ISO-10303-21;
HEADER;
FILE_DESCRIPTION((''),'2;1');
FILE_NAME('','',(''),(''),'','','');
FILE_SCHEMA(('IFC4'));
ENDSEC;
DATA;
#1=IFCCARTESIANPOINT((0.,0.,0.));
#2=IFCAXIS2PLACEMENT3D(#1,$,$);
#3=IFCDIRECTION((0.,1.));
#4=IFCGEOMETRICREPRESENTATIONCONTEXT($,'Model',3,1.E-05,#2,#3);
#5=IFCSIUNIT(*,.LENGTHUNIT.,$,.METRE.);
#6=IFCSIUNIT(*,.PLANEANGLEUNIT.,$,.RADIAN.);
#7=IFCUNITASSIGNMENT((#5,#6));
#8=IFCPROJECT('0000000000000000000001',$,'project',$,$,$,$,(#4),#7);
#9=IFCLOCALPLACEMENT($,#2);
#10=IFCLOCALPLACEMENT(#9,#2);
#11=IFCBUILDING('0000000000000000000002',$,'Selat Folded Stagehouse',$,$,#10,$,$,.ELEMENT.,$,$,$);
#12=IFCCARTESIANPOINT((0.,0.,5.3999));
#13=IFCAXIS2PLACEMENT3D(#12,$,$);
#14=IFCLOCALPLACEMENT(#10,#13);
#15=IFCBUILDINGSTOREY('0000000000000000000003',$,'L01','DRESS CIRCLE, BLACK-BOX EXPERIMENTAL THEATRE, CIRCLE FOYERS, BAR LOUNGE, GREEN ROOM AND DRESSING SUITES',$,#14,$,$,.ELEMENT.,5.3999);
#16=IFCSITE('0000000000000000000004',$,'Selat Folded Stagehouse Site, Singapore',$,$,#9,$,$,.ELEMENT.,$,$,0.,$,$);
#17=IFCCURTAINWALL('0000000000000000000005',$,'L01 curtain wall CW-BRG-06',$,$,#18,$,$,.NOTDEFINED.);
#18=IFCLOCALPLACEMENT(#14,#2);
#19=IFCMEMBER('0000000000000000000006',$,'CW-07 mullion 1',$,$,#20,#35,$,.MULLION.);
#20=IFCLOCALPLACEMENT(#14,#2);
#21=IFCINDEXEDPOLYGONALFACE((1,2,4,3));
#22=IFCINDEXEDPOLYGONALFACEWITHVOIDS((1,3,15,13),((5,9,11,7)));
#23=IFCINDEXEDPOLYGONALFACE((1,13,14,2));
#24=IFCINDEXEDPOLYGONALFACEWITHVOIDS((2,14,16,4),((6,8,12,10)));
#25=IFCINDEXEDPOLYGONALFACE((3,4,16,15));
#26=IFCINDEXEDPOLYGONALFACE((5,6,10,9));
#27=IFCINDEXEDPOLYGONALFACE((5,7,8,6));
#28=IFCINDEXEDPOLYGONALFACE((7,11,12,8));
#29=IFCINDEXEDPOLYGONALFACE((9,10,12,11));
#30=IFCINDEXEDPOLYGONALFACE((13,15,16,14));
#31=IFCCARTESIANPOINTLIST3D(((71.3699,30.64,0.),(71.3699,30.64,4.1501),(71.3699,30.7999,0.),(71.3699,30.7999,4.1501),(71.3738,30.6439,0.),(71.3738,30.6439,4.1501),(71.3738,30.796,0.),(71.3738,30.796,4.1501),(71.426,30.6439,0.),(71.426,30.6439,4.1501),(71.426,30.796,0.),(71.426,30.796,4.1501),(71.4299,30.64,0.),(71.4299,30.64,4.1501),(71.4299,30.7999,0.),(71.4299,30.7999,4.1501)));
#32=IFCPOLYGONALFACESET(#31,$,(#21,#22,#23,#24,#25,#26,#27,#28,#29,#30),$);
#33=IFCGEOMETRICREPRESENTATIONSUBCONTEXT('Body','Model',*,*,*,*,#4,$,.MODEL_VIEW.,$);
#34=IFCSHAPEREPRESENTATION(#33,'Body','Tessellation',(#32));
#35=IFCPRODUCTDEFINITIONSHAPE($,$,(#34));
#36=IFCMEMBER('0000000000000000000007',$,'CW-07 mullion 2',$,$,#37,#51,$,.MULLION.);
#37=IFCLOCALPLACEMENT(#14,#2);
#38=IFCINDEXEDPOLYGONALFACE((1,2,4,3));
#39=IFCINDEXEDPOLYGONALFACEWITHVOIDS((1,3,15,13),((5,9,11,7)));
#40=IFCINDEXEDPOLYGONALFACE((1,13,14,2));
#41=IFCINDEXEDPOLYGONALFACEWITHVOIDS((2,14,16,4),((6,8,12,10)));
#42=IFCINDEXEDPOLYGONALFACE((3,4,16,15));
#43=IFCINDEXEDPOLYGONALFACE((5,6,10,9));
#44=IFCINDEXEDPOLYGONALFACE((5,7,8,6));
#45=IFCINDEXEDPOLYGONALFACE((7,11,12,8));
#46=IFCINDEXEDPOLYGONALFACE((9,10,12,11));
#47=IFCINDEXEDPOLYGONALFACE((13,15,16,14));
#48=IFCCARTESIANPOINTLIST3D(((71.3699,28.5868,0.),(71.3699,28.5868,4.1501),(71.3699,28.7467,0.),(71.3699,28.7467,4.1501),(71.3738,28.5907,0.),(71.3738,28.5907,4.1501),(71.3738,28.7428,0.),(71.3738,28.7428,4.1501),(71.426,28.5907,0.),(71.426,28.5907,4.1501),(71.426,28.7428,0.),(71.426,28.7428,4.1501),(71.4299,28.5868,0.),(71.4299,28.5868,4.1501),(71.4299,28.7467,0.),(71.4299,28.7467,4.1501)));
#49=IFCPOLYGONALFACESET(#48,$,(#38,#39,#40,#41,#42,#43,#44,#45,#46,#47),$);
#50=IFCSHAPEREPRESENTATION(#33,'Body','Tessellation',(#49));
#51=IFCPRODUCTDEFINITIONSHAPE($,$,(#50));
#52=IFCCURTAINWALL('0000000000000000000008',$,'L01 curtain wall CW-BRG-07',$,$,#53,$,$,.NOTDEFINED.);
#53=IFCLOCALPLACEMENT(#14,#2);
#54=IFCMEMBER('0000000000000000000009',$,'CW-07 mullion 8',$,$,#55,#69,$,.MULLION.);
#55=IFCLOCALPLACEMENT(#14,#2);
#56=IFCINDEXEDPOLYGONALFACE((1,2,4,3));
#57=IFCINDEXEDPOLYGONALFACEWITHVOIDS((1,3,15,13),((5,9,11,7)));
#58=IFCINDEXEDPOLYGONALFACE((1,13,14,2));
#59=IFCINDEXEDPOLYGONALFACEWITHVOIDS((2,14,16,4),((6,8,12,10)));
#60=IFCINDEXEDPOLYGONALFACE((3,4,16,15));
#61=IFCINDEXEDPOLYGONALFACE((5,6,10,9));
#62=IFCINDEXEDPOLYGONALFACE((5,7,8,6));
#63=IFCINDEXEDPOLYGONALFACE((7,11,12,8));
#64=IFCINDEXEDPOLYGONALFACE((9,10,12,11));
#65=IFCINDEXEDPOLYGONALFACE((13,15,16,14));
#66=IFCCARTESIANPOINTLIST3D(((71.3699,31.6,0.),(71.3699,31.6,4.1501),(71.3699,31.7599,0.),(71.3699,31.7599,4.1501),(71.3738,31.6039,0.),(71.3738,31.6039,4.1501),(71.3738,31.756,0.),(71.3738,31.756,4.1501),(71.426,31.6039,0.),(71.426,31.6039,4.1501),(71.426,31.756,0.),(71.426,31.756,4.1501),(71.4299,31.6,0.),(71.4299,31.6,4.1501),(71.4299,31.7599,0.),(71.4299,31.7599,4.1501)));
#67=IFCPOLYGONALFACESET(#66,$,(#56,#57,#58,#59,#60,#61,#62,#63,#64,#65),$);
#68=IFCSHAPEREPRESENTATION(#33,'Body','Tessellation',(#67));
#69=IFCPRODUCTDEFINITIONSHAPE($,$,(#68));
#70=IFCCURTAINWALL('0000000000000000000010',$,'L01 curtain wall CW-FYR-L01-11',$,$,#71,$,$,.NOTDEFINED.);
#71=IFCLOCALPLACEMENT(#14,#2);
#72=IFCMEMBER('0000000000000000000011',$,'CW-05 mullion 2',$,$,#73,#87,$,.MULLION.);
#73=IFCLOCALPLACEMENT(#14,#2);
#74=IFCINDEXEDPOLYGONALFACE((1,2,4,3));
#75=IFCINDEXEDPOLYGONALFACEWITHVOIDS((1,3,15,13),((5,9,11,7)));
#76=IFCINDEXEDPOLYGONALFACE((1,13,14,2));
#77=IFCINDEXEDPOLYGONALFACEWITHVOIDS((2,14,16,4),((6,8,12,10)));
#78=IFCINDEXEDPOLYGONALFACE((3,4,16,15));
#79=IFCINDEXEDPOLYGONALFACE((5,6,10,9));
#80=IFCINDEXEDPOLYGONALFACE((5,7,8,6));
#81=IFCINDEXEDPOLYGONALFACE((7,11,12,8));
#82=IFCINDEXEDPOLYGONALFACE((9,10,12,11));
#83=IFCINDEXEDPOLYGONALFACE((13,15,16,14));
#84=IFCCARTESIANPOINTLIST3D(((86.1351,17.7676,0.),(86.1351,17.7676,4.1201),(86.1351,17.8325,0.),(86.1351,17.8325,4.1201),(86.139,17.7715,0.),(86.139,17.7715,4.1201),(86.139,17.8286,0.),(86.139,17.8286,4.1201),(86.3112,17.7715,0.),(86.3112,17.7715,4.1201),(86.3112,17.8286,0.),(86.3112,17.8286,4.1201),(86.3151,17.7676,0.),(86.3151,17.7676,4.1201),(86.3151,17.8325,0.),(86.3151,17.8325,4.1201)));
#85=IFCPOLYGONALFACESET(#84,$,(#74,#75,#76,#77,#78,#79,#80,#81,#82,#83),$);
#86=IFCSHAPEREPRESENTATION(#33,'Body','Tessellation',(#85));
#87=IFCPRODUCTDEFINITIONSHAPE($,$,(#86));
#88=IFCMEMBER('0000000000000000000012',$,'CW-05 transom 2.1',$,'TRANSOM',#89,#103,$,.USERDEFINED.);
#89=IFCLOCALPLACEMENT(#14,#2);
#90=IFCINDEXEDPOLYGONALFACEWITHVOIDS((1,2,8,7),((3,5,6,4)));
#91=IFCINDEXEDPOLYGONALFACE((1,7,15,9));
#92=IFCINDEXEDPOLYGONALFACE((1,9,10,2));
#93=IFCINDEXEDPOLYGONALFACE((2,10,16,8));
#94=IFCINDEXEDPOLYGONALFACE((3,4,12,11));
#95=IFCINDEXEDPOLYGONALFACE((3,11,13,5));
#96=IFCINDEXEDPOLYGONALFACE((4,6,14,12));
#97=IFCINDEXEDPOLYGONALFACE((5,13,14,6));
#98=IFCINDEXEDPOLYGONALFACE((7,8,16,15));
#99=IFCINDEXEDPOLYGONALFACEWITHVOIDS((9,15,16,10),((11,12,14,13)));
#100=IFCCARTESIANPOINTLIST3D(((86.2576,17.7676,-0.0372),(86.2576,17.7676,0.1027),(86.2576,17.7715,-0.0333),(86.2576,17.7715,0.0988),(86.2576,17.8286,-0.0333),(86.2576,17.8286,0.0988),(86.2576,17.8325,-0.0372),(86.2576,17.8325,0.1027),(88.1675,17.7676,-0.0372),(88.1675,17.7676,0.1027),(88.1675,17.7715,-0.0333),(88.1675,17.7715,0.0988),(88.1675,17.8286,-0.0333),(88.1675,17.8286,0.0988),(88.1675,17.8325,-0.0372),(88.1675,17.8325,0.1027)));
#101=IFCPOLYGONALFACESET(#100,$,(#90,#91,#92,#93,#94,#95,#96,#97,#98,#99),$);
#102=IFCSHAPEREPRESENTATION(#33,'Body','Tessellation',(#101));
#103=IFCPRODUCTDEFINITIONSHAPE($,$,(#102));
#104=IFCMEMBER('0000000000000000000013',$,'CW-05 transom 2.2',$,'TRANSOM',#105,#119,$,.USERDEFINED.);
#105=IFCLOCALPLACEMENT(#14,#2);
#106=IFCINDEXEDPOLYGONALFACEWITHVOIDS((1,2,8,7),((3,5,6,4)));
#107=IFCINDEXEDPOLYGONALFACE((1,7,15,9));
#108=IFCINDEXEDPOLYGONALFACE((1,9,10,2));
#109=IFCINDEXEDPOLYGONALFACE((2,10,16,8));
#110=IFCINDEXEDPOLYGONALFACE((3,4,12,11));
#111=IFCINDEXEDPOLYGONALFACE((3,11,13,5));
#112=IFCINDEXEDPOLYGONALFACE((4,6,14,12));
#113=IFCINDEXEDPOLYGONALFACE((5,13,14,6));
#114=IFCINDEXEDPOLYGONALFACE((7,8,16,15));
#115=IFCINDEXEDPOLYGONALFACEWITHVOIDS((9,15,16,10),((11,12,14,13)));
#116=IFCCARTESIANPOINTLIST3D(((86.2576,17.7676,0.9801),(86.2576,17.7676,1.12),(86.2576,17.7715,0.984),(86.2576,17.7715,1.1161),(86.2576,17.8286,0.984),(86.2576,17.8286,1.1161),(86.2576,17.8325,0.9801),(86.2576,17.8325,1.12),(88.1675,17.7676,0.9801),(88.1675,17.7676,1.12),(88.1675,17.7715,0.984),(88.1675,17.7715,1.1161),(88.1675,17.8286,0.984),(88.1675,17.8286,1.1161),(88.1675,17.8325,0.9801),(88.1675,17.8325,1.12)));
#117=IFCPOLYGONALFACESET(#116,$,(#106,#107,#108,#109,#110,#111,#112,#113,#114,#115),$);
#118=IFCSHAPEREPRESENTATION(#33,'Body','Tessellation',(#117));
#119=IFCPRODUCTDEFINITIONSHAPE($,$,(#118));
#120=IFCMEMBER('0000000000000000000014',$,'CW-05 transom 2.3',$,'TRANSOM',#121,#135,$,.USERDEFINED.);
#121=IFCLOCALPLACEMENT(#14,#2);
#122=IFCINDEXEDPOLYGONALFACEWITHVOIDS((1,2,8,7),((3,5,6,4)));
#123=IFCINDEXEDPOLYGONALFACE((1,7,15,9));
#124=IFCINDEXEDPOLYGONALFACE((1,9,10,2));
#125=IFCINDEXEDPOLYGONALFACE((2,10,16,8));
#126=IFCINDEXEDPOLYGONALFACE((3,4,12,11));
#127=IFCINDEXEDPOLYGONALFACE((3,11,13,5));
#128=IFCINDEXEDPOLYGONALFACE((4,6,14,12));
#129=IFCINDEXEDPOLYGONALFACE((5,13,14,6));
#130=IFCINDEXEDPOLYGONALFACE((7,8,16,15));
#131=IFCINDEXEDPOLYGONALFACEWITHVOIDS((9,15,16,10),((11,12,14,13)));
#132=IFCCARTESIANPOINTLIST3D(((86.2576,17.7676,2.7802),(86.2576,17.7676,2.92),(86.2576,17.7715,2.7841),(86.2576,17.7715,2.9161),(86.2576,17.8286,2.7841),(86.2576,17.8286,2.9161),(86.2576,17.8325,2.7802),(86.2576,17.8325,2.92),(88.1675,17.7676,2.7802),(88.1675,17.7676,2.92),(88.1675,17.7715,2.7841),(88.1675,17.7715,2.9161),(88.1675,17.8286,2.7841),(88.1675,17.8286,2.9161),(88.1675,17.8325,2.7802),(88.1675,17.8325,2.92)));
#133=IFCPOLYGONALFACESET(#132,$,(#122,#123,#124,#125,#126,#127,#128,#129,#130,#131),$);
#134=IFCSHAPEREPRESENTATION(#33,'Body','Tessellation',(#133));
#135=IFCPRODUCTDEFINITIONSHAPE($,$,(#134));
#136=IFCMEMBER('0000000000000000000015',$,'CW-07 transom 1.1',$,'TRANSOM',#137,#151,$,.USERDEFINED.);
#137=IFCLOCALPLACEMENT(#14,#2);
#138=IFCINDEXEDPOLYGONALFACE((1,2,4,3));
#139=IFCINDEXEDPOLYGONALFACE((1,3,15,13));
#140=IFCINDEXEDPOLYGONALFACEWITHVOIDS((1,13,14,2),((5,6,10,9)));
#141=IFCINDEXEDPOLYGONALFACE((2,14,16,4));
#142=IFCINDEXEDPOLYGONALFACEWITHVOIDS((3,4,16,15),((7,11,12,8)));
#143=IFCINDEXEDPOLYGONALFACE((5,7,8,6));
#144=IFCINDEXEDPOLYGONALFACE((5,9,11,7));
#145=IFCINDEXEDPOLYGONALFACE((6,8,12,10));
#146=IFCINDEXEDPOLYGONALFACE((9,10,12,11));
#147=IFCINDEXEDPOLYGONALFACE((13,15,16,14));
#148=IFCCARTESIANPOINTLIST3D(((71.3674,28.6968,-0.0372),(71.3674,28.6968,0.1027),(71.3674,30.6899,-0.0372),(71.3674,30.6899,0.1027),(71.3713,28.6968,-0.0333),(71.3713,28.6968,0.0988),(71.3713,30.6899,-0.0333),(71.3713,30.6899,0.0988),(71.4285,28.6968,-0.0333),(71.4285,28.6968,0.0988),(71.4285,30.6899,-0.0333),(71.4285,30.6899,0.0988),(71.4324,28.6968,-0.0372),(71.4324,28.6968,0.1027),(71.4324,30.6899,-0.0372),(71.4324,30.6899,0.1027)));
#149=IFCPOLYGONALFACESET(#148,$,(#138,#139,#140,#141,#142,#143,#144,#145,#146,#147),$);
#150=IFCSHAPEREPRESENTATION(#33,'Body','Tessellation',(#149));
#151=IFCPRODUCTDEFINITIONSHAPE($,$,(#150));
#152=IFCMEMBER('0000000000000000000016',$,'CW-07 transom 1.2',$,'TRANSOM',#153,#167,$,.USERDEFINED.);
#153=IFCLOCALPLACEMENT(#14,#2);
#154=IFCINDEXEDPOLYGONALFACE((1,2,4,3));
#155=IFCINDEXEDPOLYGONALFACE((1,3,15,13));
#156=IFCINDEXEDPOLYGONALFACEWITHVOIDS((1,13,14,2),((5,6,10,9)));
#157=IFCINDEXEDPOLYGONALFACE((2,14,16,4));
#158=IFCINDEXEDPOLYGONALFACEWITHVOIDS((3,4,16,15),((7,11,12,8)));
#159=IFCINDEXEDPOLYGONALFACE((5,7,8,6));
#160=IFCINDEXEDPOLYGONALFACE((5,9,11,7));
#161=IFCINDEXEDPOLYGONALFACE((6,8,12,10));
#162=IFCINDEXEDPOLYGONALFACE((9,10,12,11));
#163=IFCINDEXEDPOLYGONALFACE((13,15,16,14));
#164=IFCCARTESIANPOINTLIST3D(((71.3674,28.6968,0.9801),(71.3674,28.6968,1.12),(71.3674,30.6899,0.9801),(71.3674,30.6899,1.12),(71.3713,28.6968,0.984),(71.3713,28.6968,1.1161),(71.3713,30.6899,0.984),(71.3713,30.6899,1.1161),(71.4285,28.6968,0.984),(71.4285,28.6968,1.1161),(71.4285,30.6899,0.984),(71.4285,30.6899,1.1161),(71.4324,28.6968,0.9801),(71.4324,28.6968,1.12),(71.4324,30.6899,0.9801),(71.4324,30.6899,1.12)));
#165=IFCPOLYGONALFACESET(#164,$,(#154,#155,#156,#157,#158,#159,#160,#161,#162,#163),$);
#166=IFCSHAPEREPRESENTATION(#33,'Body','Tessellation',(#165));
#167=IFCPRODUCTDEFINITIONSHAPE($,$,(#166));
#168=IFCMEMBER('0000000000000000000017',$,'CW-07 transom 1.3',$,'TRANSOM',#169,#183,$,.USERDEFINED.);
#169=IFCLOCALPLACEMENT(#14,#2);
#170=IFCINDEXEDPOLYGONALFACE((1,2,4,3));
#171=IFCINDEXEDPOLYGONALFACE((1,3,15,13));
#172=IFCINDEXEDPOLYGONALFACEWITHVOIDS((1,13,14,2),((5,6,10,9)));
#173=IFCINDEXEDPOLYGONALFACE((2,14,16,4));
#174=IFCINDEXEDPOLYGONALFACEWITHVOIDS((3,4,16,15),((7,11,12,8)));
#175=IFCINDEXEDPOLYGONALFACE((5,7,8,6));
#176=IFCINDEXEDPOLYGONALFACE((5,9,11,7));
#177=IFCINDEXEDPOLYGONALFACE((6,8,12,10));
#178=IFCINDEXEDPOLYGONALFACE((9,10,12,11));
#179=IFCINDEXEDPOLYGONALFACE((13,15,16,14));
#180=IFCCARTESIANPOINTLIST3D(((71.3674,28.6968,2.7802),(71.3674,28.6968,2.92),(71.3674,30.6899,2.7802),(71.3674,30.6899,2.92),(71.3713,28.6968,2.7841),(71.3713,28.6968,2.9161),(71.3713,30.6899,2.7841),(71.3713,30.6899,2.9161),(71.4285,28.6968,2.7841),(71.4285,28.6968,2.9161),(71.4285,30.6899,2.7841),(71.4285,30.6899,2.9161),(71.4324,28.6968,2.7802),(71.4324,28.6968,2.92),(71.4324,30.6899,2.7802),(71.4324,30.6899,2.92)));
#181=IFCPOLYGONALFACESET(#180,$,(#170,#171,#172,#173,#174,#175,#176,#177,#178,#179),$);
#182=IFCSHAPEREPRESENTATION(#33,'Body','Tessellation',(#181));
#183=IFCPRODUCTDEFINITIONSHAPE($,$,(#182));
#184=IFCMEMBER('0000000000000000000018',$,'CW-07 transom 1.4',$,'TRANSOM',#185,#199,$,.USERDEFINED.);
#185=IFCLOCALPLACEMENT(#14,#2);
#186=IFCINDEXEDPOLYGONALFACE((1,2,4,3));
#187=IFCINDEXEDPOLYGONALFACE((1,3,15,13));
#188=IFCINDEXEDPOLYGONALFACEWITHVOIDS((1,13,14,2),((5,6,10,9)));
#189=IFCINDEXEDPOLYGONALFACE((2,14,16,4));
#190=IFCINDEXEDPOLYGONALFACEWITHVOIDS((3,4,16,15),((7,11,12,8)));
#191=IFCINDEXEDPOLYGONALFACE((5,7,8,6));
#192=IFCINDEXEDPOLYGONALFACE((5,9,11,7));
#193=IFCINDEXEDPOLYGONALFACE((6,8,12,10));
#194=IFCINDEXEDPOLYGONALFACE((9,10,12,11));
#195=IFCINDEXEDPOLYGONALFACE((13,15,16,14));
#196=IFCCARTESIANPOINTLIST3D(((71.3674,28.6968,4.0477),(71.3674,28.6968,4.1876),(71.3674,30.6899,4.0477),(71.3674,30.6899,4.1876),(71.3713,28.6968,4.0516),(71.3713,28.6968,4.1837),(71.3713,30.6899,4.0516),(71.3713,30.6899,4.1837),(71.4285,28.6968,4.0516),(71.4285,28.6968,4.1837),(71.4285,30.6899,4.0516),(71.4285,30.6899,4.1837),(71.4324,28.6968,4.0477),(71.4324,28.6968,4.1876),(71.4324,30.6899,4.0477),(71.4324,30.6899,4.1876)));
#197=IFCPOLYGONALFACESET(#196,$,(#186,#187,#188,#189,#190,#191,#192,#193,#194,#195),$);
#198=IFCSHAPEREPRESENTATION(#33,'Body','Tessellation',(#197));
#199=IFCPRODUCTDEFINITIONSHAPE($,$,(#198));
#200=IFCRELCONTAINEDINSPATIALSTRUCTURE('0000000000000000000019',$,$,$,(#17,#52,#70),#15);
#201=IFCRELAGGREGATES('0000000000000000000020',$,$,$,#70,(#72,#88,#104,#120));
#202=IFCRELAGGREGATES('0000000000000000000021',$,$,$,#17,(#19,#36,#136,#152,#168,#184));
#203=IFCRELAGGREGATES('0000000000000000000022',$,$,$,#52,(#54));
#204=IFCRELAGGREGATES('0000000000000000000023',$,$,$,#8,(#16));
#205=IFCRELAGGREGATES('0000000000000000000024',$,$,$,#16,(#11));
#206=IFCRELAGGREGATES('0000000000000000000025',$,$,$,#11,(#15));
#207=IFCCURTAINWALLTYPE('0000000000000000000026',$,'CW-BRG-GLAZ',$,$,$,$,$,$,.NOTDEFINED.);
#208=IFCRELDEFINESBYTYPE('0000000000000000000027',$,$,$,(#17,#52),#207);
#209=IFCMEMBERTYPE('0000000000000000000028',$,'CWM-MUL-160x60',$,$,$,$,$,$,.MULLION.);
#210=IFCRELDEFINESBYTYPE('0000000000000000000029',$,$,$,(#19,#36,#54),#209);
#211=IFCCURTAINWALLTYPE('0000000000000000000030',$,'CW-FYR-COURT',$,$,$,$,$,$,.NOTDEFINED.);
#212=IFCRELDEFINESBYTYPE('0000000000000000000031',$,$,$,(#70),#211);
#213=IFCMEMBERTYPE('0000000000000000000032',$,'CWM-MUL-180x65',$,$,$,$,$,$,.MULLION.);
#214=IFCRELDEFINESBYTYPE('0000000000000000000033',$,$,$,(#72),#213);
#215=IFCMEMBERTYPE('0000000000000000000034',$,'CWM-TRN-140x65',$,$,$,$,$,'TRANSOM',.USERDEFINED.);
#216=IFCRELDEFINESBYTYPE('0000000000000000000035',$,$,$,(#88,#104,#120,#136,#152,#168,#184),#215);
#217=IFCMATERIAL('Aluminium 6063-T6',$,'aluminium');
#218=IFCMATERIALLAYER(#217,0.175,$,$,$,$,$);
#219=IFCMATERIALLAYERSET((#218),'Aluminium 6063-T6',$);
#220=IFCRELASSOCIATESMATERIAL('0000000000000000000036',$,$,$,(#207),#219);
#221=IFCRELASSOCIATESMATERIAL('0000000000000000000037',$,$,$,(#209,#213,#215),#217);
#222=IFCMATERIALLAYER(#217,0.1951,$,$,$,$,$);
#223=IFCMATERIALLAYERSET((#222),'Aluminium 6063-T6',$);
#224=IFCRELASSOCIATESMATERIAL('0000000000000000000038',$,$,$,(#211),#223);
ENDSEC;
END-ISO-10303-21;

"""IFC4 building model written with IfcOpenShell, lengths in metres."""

from ifc_helpers import new_model, si_unit, direction, frame, origin, origin_2d, place, context, subcontext, project, spatial, hollow_rectangle, extrude, material, layer, layer_set, material_profile, profile_set, type_object, element, aggregate, save


model = new_model("IFC4")

# Units and contexts
model_context = context("Model", 3, precision=1e-05, world=origin(), true_north=direction((0.0, 1.0)))
body_context = subcontext(model_context, "Body", "Model", "MODEL_VIEW")
ifc_project = project(units=[si_unit("LENGTHUNIT", "METRE"), si_unit("PLANEANGLEUNIT", "RADIAN")], contexts=[model_context])

# Site, building, storey
site_placement = place(None, origin())
site = spatial("IfcSite", under=ifc_project, at=site_placement, Name="Selat Folded Stagehouse Site, Singapore", CompositionType="ELEMENT", RefElevation=0.0)
building_placement = place(site_placement, origin())
building = spatial("IfcBuilding", under=site, at=building_placement, Name="Selat Folded Stagehouse", CompositionType="ELEMENT")
storey_placement = place(building_placement, frame((0.0, 0.0, 5.3999)))
storey = spatial("IfcBuildingStorey", under=building, at=storey_placement, Name="L01", Description="DRESS CIRCLE, BLACK-BOX EXPERIMENTAL THEATRE, CIRCLE FOYERS, BAR LOUNGE, GREEN ROOM AND DRESSING SUITES", CompositionType="ELEMENT", Elevation=5.3999)

# Curtain wall, members
ifc_material_1 = material(Name="Aluminium 6063-T6", Category="aluminium")
ifc_layer_1 = layer(ifc_material_1, 0.175)
ifc_layer_set_1 = layer_set([ifc_layer_1], Name="Aluminium 6063-T6")
curtain_wall_type_1 = type_object("IfcCurtainWallType", Name="CW-BRG-GLAZ", PredefinedType="NOTDEFINED", material=ifc_layer_set_1)
curtain_wall_1_placement = place(storey_placement, origin())
curtain_wall_1 = element("IfcCurtainWall", 1, at=curtain_wall_1_placement, inside=storey, type_object=curtain_wall_type_1, Name="L01 curtain wall CW-BRG-06", PredefinedType="NOTDEFINED")
ifc_material_profile_1 = material_profile(ifc_material_1, hollow_rectangle(XDim=0.0601, YDim=0.1599, WallThickness=0.0039, at=origin_2d()), Name="ALU 160x60x4.0")
ifc_profile_set_1 = profile_set([ifc_material_profile_1], Name="Aluminium 6063-T6")
member_type_1 = type_object("IfcMemberType", Name="CWM-MUL-160x60", PredefinedType="MULLION", material=ifc_profile_set_1)
member_1_placement = place(storey_placement, frame((71.3999, 30.72, 0.0), z_axis=(0.0, 0.0, 1.0), x_axis=(1.0, 0.0, 0.0)))
member_1 = element("IfcMember", 2, at=member_1_placement, type_object=member_type_1, Name="CW-07 mullion 1", PredefinedType="MULLION", context=body_context, shape_type="SweptSolid", body=[
    extrude(hollow_rectangle(XDim=0.0601, YDim=0.1599, WallThickness=0.0039, at=origin_2d()), origin(), (0.0, 0.0, 1.0), 4.1501),
])
member_2_placement = place(storey_placement, frame((71.3999, 28.6667, 0.0), z_axis=(0.0, 0.0, 1.0), x_axis=(1.0, 0.0, 0.0)))
member_2 = element("IfcMember", 3, at=member_2_placement, type_object=member_type_1, Name="CW-07 mullion 2", PredefinedType="MULLION", context=body_context, shape_type="SweptSolid", body=[
    extrude(hollow_rectangle(XDim=0.0601, YDim=0.1599, WallThickness=0.0039, at=origin_2d()), origin(), (0.0, 0.0, 1.0), 4.1501),
])

# Curtain wall, member
curtain_wall_2_placement = place(storey_placement, origin())
curtain_wall_2 = element("IfcCurtainWall", 4, at=curtain_wall_2_placement, inside=storey, type_object=curtain_wall_type_1, Name="L01 curtain wall CW-BRG-07", PredefinedType="NOTDEFINED")
member_3_placement = place(storey_placement, frame((71.3999, 31.6799, 0.0), z_axis=(0.0, 0.0, 1.0), x_axis=(1.0, 0.0, 0.0)))
member_3 = element("IfcMember", 5, at=member_3_placement, type_object=member_type_1, Name="CW-07 mullion 8", PredefinedType="MULLION", context=body_context, shape_type="SweptSolid", body=[
    extrude(hollow_rectangle(XDim=0.0601, YDim=0.1599, WallThickness=0.0039, at=origin_2d()), origin(), (0.0, 0.0, 1.0), 4.1501),
])

# Curtain wall, members
ifc_layer_2 = layer(ifc_material_1, 0.1951)
ifc_layer_set_2 = layer_set([ifc_layer_2], Name="Aluminium 6063-T6")
curtain_wall_type_2 = type_object("IfcCurtainWallType", Name="CW-FYR-COURT", PredefinedType="NOTDEFINED", material=ifc_layer_set_2)
curtain_wall_3_placement = place(storey_placement, origin())
curtain_wall_3 = element("IfcCurtainWall", 6, at=curtain_wall_3_placement, inside=storey, type_object=curtain_wall_type_2, Name="L01 curtain wall CW-FYR-L01-11", PredefinedType="NOTDEFINED")
ifc_material_profile_2 = material_profile(ifc_material_1, hollow_rectangle(XDim=0.0649, YDim=0.1799, WallThickness=0.0039, at=origin_2d()), Name="ALU 180x65x4.0")
ifc_profile_set_2 = profile_set([ifc_material_profile_2], Name="Aluminium 6063-T6")
member_type_2 = type_object("IfcMemberType", Name="CWM-MUL-180x65", PredefinedType="MULLION", material=ifc_profile_set_2)
member_4_placement = place(storey_placement, frame((86.2251, 17.8, 0.0), z_axis=(0.0, 0.0, 1.0), x_axis=(0.0, 1.0, 0.0)))
member_4 = element("IfcMember", 7, at=member_4_placement, type_object=member_type_2, Name="CW-05 mullion 2", PredefinedType="MULLION", context=body_context, shape_type="SweptSolid", body=[
    extrude(hollow_rectangle(XDim=0.0649, YDim=0.1799, WallThickness=0.0039, at=origin_2d()), origin(), (0.0, 0.0, 1.0), 4.1201),
])
ifc_material_profile_3 = material_profile(ifc_material_1, hollow_rectangle(XDim=0.0649, YDim=0.1399, WallThickness=0.0039, at=origin_2d()), Name="ALU 140x65x4.0")
ifc_profile_set_3 = profile_set([ifc_material_profile_3], Name="Aluminium 6063-T6")
member_type_3 = type_object("IfcMemberType", Name="CWM-TRN-140x65", ElementType="TRANSOM", PredefinedType="USERDEFINED", material=ifc_profile_set_3)
member_5_placement = place(storey_placement, frame((86.2576, 17.8, 0.0327), z_axis=(1.0, 0.0, 0.0), x_axis=(0.0, 1.0, 0.0)))
member_5 = element("IfcMember", 8, at=member_5_placement, type_object=member_type_3, Name="CW-05 transom 2.1", ObjectType="TRANSOM", PredefinedType="USERDEFINED", context=body_context, shape_type="SweptSolid", body=[
    extrude(hollow_rectangle(XDim=0.0649, YDim=0.1399, WallThickness=0.0039, at=origin_2d()), origin(), (0.0, 0.0, 1.0), 1.9099),
])
member_6_placement = place(storey_placement, frame((86.2576, 17.8, 1.05), z_axis=(1.0, 0.0, 0.0), x_axis=(0.0, 1.0, 0.0)))
member_6 = element("IfcMember", 9, at=member_6_placement, type_object=member_type_3, Name="CW-05 transom 2.2", ObjectType="TRANSOM", PredefinedType="USERDEFINED", context=body_context, shape_type="SweptSolid", body=[
    extrude(hollow_rectangle(XDim=0.0649, YDim=0.1399, WallThickness=0.0039, at=origin_2d()), origin(), (0.0, 0.0, 1.0), 1.9099),
])
member_7_placement = place(storey_placement, frame((86.2576, 17.8, 2.8501), z_axis=(1.0, 0.0, 0.0), x_axis=(0.0, 1.0, 0.0)))
member_7 = element("IfcMember", 10, at=member_7_placement, type_object=member_type_3, Name="CW-05 transom 2.3", ObjectType="TRANSOM", PredefinedType="USERDEFINED", context=body_context, shape_type="SweptSolid", body=[
    extrude(hollow_rectangle(XDim=0.0649, YDim=0.1399, WallThickness=0.0039, at=origin_2d()), origin(), (0.0, 0.0, 1.0), 1.9099),
])

# Members
member_8_placement = place(storey_placement, frame((71.3999, 30.6899, 0.0327), z_axis=(0.0, -1.0, 0.0), x_axis=(1.0, 0.0, 0.0)))
member_8 = element("IfcMember", 11, at=member_8_placement, type_object=member_type_3, Name="CW-07 transom 1.1", ObjectType="TRANSOM", PredefinedType="USERDEFINED", context=body_context, shape_type="SweptSolid", body=[
    extrude(hollow_rectangle(XDim=0.0649, YDim=0.1399, WallThickness=0.0039, at=origin_2d()), origin(), (0.0, 0.0, 1.0), 1.9932),
])
member_9_placement = place(storey_placement, frame((71.3999, 30.6899, 1.05), z_axis=(0.0, -1.0, 0.0), x_axis=(1.0, 0.0, 0.0)))
member_9 = element("IfcMember", 12, at=member_9_placement, type_object=member_type_3, Name="CW-07 transom 1.2", ObjectType="TRANSOM", PredefinedType="USERDEFINED", context=body_context, shape_type="SweptSolid", body=[
    extrude(hollow_rectangle(XDim=0.0649, YDim=0.1399, WallThickness=0.0039, at=origin_2d()), origin(), (0.0, 0.0, 1.0), 1.9932),
])
member_10_placement = place(storey_placement, frame((71.3999, 30.6899, 2.8501), z_axis=(0.0, -1.0, 0.0), x_axis=(1.0, 0.0, 0.0)))
member_10 = element("IfcMember", 13, at=member_10_placement, type_object=member_type_3, Name="CW-07 transom 1.3", ObjectType="TRANSOM", PredefinedType="USERDEFINED", context=body_context, shape_type="SweptSolid", body=[
    extrude(hollow_rectangle(XDim=0.0649, YDim=0.1399, WallThickness=0.0039, at=origin_2d()), origin(), (0.0, 0.0, 1.0), 1.9932),
])
member_11_placement = place(storey_placement, frame((71.3999, 30.6899, 4.1177), z_axis=(0.0, -1.0, 0.0), x_axis=(1.0, 0.0, 0.0)))
member_11 = element("IfcMember", 14, at=member_11_placement, type_object=member_type_3, Name="CW-07 transom 1.4", ObjectType="TRANSOM", PredefinedType="USERDEFINED", context=body_context, shape_type="SweptSolid", body=[
    extrude(hollow_rectangle(XDim=0.0649, YDim=0.1399, WallThickness=0.0039, at=origin_2d()), origin(), (0.0, 0.0, 1.0), 1.9932),
])

aggregate(curtain_wall_3, [member_4, member_5, member_6, member_7])
aggregate(curtain_wall_1, [member_1, member_2, member_8, member_9, member_10, member_11])
aggregate(curtain_wall_2, [member_3])

save(model, "model.ifc")
